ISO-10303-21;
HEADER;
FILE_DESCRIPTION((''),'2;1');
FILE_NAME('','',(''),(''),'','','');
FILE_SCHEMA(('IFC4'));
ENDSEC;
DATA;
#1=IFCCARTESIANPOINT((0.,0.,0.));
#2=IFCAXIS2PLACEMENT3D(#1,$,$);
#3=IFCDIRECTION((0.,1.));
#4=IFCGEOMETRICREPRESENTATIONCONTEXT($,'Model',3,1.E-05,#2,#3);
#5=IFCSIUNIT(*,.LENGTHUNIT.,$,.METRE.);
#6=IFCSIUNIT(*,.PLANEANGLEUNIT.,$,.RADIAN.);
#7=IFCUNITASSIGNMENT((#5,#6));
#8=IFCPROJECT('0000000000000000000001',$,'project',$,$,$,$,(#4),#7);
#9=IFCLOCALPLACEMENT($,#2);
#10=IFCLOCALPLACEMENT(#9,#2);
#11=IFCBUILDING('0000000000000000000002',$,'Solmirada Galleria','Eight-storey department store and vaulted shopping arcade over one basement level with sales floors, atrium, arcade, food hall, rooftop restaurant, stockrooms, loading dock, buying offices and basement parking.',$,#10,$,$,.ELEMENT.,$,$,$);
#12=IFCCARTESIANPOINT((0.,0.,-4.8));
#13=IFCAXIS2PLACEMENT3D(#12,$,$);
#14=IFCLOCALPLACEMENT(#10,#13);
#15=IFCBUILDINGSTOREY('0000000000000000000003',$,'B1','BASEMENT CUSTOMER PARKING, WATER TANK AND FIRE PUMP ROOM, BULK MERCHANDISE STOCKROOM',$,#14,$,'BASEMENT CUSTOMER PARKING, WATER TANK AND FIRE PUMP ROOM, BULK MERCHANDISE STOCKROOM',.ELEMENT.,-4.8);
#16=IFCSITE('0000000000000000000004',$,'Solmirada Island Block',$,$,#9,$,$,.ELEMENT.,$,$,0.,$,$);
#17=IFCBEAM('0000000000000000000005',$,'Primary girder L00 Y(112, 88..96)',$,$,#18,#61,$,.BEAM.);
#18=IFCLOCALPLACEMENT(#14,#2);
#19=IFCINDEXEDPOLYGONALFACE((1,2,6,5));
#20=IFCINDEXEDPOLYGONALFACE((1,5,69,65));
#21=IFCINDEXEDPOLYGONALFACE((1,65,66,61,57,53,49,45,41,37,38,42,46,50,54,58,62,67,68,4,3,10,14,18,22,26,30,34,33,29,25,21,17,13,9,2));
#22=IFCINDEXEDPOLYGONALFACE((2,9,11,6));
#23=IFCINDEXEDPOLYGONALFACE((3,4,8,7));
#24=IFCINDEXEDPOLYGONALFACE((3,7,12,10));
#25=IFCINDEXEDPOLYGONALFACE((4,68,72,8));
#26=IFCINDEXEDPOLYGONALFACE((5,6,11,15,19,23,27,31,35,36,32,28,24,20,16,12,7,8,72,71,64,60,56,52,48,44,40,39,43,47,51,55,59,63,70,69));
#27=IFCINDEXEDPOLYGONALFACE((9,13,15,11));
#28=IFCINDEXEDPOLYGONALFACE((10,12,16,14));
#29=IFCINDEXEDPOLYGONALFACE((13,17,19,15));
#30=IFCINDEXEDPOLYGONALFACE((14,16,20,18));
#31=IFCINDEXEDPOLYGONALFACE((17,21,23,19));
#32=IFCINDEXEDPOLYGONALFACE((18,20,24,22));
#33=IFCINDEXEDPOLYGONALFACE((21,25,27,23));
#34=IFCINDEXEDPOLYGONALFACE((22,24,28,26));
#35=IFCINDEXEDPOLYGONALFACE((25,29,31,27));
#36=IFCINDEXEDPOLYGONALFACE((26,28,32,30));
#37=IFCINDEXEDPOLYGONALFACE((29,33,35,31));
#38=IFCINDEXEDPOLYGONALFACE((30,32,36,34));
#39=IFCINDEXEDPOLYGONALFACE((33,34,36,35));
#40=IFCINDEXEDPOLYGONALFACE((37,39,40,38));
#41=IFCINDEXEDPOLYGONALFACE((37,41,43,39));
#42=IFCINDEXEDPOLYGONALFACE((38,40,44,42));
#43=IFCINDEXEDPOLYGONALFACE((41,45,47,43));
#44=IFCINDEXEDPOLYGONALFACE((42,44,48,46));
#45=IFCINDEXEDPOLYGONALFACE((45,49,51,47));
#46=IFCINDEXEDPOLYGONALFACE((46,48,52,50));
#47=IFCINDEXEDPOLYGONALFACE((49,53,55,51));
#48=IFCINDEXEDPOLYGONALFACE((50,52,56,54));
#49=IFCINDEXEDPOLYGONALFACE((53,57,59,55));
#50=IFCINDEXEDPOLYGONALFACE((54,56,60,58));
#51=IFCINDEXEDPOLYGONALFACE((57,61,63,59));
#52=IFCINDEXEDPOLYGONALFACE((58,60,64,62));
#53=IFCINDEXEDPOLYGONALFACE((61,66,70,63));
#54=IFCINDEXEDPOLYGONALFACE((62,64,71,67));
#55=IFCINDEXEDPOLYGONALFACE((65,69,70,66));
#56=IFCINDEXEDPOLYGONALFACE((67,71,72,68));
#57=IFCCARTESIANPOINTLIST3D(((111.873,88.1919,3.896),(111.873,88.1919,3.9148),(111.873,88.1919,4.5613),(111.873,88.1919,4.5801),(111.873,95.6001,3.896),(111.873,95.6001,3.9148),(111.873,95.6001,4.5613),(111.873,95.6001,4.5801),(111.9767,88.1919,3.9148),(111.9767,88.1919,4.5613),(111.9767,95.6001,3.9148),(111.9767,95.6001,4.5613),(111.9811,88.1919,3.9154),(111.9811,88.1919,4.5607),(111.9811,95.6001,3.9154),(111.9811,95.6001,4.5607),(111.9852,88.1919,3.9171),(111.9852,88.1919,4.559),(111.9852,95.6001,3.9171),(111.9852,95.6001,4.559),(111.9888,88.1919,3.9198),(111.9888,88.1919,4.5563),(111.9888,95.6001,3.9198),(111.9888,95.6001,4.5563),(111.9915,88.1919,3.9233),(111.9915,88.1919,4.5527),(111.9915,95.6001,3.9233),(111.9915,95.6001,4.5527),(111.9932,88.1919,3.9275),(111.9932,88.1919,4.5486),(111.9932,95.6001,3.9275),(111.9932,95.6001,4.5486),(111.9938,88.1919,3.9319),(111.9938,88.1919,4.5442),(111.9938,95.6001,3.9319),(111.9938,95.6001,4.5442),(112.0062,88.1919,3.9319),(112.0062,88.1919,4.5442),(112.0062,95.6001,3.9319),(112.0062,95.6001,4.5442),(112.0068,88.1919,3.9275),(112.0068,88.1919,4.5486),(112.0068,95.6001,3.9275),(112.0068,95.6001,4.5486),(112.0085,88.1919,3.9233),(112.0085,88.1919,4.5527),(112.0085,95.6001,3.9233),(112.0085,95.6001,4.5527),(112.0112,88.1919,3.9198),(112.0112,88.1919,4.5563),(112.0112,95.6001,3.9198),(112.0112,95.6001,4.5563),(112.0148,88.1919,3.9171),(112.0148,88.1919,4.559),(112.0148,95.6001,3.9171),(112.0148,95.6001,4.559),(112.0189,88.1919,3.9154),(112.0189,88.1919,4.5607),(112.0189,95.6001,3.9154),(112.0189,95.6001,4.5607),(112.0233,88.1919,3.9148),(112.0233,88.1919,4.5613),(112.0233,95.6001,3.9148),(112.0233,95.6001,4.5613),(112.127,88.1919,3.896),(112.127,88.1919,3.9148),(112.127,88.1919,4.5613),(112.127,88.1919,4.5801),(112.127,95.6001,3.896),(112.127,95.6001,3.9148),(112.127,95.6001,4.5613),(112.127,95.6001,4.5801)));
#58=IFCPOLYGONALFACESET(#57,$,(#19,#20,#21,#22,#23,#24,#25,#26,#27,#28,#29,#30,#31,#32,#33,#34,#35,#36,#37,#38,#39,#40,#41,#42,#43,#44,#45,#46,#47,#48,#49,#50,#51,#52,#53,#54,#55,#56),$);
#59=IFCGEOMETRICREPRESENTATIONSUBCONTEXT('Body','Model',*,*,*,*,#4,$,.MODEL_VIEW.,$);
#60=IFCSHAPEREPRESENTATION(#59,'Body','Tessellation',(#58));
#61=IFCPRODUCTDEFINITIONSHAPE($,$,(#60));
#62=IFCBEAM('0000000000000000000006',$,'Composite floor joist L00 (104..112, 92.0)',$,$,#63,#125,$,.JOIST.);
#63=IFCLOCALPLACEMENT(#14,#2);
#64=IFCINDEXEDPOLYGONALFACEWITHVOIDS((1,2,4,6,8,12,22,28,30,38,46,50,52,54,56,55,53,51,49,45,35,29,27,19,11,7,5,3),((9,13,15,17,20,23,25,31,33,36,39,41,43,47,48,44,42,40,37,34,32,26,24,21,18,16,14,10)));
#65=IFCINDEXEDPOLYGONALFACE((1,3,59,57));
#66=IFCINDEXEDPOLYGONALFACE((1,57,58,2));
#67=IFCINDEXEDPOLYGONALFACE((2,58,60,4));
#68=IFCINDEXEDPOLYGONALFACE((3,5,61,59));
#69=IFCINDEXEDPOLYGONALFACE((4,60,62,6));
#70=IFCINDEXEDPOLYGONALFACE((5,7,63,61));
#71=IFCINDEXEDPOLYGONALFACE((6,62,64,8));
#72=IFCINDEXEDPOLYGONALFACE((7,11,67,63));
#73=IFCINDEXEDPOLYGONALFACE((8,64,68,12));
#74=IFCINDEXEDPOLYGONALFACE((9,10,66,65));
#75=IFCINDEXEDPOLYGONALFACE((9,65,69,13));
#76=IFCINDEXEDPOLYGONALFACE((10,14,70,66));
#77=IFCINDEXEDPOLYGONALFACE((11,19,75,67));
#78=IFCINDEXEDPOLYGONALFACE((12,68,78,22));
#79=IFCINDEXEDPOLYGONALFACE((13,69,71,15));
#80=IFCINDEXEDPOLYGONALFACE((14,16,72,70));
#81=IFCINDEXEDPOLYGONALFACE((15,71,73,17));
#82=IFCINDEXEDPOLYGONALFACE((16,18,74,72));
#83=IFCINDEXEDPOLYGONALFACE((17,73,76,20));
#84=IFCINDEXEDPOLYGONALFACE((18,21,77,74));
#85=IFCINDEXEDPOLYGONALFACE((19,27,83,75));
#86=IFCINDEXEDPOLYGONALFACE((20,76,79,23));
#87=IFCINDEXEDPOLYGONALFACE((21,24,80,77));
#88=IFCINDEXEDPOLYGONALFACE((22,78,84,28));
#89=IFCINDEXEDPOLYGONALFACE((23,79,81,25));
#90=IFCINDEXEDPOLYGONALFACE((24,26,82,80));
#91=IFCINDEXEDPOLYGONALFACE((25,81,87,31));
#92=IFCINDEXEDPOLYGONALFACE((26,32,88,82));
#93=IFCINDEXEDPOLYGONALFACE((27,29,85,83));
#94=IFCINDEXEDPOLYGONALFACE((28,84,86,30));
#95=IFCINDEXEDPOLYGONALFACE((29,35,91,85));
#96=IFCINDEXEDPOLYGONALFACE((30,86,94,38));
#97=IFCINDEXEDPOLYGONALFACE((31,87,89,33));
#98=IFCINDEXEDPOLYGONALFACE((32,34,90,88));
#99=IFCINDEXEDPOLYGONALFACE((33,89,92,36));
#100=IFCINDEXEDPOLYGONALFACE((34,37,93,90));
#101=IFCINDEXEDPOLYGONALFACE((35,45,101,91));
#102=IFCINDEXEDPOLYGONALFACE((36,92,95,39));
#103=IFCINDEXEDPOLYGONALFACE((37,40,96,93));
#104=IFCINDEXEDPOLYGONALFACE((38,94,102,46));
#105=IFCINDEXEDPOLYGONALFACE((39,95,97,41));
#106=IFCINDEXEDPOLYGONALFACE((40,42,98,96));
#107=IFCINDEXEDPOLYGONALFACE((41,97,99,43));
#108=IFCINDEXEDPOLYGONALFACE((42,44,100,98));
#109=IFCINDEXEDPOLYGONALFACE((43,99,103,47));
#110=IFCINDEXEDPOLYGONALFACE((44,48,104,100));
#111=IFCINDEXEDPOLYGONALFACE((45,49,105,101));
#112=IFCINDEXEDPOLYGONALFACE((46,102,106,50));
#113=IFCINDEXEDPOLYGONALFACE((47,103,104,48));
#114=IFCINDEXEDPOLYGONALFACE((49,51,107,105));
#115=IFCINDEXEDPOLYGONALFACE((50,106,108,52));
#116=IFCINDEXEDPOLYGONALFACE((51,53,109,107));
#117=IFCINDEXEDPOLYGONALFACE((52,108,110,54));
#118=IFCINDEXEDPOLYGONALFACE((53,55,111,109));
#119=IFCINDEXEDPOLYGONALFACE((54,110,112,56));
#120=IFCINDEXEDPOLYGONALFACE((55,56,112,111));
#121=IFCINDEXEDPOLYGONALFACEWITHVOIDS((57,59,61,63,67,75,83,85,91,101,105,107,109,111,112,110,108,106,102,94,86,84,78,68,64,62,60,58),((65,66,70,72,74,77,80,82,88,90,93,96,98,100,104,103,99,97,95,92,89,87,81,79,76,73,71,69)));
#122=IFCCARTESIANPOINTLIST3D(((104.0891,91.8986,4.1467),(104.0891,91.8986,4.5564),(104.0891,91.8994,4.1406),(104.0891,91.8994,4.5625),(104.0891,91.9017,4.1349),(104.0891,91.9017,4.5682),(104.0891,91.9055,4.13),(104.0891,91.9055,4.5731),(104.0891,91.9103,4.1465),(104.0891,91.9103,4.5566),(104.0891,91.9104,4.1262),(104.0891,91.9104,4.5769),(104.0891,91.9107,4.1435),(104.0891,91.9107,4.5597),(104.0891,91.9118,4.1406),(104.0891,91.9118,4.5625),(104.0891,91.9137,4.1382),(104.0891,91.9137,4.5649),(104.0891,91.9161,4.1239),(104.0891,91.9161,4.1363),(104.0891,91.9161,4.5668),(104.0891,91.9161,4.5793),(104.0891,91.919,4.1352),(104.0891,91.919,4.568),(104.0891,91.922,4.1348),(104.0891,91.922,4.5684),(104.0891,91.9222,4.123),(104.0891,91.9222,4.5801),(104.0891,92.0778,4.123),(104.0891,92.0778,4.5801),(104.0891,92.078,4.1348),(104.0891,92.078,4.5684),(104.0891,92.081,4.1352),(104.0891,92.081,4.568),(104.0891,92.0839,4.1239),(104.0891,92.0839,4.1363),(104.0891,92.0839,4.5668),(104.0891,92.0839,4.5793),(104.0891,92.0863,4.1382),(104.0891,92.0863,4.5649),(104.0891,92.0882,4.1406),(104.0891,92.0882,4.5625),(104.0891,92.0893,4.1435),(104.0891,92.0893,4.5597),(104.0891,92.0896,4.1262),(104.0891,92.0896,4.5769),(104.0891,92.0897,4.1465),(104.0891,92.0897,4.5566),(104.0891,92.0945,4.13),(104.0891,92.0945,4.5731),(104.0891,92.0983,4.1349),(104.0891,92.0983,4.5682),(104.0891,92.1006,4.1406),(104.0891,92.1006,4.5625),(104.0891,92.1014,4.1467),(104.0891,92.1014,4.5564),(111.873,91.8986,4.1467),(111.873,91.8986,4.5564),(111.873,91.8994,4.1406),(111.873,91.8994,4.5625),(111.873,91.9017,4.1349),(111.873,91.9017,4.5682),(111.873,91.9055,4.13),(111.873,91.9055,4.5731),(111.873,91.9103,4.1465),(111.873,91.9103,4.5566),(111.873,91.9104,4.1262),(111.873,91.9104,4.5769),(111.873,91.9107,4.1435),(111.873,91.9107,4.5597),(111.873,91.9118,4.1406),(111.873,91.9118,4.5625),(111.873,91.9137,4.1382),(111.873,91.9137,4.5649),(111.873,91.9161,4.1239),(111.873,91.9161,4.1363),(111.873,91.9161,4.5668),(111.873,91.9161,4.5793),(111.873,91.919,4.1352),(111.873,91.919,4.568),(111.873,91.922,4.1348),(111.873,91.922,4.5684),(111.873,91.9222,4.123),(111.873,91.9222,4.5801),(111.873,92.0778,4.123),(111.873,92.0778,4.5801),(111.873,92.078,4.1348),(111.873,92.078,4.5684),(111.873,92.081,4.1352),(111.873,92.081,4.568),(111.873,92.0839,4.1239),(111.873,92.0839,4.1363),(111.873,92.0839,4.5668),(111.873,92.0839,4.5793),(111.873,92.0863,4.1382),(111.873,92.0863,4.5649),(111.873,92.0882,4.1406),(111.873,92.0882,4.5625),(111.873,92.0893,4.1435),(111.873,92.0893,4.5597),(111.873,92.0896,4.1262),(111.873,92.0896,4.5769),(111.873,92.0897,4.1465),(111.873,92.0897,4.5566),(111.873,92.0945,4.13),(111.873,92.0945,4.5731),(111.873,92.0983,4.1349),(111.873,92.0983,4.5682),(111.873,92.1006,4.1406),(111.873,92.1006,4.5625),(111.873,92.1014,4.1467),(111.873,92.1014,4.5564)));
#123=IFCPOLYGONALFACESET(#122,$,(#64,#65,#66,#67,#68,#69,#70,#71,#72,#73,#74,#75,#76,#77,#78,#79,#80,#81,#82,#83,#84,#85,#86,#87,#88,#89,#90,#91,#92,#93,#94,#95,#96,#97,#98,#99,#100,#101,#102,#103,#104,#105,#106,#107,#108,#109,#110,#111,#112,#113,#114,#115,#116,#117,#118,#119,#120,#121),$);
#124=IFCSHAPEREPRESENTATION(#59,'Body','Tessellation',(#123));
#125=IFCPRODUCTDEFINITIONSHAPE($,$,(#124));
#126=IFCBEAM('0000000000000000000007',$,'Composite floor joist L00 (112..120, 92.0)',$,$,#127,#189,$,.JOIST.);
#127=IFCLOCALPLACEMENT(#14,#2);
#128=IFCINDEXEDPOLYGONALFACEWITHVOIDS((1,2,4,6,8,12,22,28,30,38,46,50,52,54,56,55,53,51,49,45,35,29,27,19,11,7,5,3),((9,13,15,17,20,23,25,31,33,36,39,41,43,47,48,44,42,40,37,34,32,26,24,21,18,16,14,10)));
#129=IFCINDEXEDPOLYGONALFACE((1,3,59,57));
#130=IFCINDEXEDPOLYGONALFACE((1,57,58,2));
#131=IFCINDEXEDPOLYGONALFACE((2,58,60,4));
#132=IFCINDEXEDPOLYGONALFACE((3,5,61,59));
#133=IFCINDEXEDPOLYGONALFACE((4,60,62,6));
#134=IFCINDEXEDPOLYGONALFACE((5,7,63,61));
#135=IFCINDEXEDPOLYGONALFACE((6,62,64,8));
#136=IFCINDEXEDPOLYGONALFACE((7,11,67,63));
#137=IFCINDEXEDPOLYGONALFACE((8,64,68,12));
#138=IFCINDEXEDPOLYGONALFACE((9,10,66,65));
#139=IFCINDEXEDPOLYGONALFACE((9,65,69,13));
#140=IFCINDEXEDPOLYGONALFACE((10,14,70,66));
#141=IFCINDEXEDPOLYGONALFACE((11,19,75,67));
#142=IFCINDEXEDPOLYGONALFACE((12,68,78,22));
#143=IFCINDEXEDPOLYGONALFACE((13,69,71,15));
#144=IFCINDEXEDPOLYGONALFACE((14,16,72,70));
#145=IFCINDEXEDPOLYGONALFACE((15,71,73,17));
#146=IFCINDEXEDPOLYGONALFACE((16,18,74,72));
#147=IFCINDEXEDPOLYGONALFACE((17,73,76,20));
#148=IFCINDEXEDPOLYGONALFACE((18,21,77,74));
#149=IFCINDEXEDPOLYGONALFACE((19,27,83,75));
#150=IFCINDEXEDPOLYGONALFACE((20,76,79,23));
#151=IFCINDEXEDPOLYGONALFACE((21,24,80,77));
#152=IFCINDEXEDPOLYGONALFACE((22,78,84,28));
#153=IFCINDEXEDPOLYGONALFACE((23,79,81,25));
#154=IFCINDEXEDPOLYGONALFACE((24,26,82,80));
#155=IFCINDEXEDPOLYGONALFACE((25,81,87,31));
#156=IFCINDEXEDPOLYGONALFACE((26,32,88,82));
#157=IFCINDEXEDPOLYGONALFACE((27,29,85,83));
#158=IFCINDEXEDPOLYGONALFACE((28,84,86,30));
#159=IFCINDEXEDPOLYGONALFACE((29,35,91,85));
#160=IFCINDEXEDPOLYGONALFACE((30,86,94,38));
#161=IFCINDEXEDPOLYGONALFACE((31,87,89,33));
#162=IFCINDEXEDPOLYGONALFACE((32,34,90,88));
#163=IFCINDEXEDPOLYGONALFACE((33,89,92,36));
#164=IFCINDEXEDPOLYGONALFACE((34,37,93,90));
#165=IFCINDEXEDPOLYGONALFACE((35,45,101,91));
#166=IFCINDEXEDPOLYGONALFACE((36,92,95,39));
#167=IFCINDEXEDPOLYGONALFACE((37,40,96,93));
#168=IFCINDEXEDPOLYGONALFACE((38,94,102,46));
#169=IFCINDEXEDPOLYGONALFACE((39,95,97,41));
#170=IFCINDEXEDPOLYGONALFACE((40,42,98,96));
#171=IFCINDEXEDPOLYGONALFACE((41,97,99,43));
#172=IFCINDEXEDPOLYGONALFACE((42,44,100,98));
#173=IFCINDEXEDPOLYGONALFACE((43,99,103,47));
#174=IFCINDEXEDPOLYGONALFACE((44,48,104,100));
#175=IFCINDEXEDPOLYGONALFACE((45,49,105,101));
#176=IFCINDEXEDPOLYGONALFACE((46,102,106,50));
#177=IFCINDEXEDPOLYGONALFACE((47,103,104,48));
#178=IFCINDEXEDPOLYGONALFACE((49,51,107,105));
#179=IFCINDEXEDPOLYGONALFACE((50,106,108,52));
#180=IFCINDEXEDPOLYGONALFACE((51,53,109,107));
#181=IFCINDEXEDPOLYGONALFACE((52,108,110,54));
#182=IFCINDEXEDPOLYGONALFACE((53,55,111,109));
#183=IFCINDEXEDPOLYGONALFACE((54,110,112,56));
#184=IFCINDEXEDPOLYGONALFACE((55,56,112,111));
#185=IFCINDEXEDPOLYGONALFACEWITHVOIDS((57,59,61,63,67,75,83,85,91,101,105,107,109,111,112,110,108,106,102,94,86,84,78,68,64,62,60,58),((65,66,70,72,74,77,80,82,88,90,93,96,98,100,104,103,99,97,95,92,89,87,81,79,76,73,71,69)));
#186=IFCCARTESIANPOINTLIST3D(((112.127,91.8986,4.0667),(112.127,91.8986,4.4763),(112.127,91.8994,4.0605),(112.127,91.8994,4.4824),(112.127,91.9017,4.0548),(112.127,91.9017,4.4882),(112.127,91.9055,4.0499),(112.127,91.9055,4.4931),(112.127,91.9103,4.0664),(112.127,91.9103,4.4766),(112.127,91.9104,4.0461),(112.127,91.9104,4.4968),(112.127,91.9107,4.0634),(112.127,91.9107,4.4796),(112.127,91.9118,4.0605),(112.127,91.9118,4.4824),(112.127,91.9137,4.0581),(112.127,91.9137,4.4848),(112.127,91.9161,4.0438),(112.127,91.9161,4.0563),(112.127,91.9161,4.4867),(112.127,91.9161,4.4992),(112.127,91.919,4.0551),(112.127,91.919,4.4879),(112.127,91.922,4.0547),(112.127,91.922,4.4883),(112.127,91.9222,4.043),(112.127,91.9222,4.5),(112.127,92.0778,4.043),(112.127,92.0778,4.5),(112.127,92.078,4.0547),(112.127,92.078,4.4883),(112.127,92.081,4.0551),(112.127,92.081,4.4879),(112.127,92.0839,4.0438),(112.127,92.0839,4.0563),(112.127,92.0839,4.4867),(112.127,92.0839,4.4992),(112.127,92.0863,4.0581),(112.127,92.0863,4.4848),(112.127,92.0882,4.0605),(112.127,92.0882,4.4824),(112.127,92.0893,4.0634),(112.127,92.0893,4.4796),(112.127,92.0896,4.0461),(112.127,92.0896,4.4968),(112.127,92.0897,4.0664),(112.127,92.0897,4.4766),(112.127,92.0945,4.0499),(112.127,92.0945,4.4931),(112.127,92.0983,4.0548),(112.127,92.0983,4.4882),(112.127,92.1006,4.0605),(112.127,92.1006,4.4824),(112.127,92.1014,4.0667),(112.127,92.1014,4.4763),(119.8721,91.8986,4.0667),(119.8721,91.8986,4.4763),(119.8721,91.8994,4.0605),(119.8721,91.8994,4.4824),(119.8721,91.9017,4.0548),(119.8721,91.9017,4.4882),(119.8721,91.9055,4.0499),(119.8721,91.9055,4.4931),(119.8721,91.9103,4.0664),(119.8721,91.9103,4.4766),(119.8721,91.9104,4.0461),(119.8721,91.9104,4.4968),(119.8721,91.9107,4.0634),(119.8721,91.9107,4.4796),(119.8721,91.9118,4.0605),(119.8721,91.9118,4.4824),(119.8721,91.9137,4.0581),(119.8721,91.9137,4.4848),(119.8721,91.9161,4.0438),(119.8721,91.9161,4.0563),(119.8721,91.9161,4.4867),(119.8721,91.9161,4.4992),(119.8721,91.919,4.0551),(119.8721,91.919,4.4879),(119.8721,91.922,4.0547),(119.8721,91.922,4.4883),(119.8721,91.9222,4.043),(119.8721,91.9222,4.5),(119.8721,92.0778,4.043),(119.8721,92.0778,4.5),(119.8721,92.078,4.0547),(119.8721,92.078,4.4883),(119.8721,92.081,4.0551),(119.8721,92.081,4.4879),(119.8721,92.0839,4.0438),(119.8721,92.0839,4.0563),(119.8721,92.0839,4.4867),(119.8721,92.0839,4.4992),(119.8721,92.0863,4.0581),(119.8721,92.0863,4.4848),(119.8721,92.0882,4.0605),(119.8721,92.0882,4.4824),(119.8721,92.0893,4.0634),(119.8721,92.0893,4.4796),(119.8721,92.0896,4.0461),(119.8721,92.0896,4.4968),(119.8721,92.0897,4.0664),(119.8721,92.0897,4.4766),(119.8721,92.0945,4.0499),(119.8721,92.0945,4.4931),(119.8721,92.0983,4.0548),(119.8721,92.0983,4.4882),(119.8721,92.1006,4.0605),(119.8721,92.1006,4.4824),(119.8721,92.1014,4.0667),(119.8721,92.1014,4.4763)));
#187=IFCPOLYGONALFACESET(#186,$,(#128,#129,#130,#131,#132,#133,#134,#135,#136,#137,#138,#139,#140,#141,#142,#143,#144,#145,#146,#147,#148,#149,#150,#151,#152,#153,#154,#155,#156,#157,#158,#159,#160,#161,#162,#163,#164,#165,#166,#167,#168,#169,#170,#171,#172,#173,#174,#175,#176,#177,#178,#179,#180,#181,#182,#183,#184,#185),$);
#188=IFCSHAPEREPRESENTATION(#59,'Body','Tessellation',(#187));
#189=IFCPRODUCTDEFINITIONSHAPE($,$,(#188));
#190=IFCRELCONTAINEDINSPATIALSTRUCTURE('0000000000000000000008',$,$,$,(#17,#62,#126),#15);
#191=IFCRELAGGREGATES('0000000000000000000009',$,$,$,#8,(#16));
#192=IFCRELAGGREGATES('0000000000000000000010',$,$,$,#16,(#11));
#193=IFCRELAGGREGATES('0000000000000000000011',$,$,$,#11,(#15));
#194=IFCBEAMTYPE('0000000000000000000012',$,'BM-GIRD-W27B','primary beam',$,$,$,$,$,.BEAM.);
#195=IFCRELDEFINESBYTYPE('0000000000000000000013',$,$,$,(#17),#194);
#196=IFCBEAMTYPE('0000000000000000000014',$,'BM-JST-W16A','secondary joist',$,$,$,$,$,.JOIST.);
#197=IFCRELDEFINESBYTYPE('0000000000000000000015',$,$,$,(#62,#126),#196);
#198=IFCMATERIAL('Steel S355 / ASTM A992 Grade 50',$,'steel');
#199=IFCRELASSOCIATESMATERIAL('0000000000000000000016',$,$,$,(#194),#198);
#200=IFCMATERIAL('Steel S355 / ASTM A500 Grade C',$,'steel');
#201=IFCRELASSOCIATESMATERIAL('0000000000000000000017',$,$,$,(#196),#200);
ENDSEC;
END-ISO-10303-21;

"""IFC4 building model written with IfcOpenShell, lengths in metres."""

from ifc_helpers import new_model, si_unit, direction, frame, origin, origin_2d, place, context, subcontext, project, spatial, hollow_rectangle, i_section, extrude, material, material_profile, profile_set, type_object, element, save


model = new_model("IFC4")

# Units and contexts
model_context = context("Model", 3, precision=1e-05, world=origin(), true_north=direction((0.0, 1.0)))
body_context = subcontext(model_context, "Body", "Model", "MODEL_VIEW")
ifc_project = project(units=[si_unit("LENGTHUNIT", "METRE"), si_unit("PLANEANGLEUNIT", "RADIAN")], contexts=[model_context])

# Site, building, storey
site_placement = place(None, origin())
site = spatial("IfcSite", under=ifc_project, at=site_placement, Name="Solmirada Island Block", CompositionType="ELEMENT", RefElevation=0.0)
building_placement = place(site_placement, origin())
building = spatial("IfcBuilding", under=site, at=building_placement, Name="Solmirada Galleria", Description="Eight-storey department store and vaulted shopping arcade over one basement level with sales floors, atrium, arcade, food hall, rooftop restaurant, stockrooms, loading dock, buying offices and basement parking.", CompositionType="ELEMENT")
storey_placement = place(building_placement, frame((0.0, 0.0, -4.8)))
storey = spatial("IfcBuildingStorey", under=building, at=storey_placement, Name="B1", Description="BASEMENT CUSTOMER PARKING, WATER TANK AND FIRE PUMP ROOM, BULK MERCHANDISE STOCKROOM", LongName="BASEMENT CUSTOMER PARKING, WATER TANK AND FIRE PUMP ROOM, BULK MERCHANDISE STOCKROOM", CompositionType="ELEMENT", Elevation=-4.8)

# Shared definitions
ifc_material_1 = material(Name="Steel S355 / ASTM A500 Grade C", Category="steel")

# Beams
ifc_material_2 = material(Name="Steel S355 / ASTM A992 Grade 50", Category="steel")
ifc_material_profile_1 = material_profile(ifc_material_2, i_section(OverallWidth=0.2539, OverallDepth=0.6841, WebThickness=0.0125, FlangeThickness=0.0188, FilletRadius=0.0171, at=origin_2d()), Name="W27X94")
ifc_profile_set_1 = profile_set([ifc_material_profile_1], Name="Steel S355 / ASTM A992 Grade 50")
beam_type_1 = type_object("IfcBeamType", Name="BM-GIRD-W27B", Description="primary beam", PredefinedType="BEAM", material=ifc_profile_set_1)
beam_1_placement = place(storey_placement, frame((112.0, 88.1919, 4.238), z_axis=(0.0, 1.0, 0.0), x_axis=(-1.0, 0.0, 0.0)))
element("IfcBeam", 1, at=beam_1_placement, inside=storey, type_object=beam_type_1, Name="Primary girder L00 Y(112, 88..96)", PredefinedType="BEAM", context=body_context, shape_type="SweptSolid", body=[
    extrude(i_section(OverallWidth=0.2539, OverallDepth=0.6841, WebThickness=0.0125, FlangeThickness=0.0188, FilletRadius=0.0171, at=origin_2d()), origin(), (0.0, 0.0, 1.0), 7.4082),
])
ifc_material_profile_2 = material_profile(ifc_material_1, hollow_rectangle(XDim=0.2029, YDim=0.457, WallThickness=0.0117, InnerFilletRadius=0.0117, OuterFilletRadius=0.0237, at=origin_2d()), Name="HSS18X8X1/2")
ifc_profile_set_2 = profile_set([ifc_material_profile_2], Name="Steel S355 / ASTM A500 Grade C")
beam_type_2 = type_object("IfcBeamType", Name="BM-JST-W16A", Description="secondary joist", PredefinedType="JOIST", material=ifc_profile_set_2)
beam_2_placement = place(storey_placement, frame((104.0891, 92.0, 4.3516), z_axis=(1.0, 0.0, 0.0), x_axis=(0.0, 1.0, 0.0)))
element("IfcBeam", 2, at=beam_2_placement, inside=storey, type_object=beam_type_2, Name="Composite floor joist L00 (104..112, 92.0)", PredefinedType="JOIST", context=body_context, shape_type="SweptSolid", body=[
    extrude(hollow_rectangle(XDim=0.2029, YDim=0.457, WallThickness=0.0117, InnerFilletRadius=0.0117, OuterFilletRadius=0.0237, at=origin_2d()), origin(), (0.0, 0.0, 1.0), 7.7839),
])
beam_3_placement = place(storey_placement, frame((112.127, 92.0, 4.2715), z_axis=(1.0, 0.0, 0.0), x_axis=(0.0, 1.0, 0.0)))
element("IfcBeam", 3, at=beam_3_placement, inside=storey, type_object=beam_type_2, Name="Composite floor joist L00 (112..120, 92.0)", PredefinedType="JOIST", context=body_context, shape_type="SweptSolid", body=[
    extrude(hollow_rectangle(XDim=0.2029, YDim=0.457, WallThickness=0.0117, InnerFilletRadius=0.0117, OuterFilletRadius=0.0237, at=origin_2d()), origin(), (0.0, 0.0, 1.0), 7.7451),
])

save(model, "model.ifc")
